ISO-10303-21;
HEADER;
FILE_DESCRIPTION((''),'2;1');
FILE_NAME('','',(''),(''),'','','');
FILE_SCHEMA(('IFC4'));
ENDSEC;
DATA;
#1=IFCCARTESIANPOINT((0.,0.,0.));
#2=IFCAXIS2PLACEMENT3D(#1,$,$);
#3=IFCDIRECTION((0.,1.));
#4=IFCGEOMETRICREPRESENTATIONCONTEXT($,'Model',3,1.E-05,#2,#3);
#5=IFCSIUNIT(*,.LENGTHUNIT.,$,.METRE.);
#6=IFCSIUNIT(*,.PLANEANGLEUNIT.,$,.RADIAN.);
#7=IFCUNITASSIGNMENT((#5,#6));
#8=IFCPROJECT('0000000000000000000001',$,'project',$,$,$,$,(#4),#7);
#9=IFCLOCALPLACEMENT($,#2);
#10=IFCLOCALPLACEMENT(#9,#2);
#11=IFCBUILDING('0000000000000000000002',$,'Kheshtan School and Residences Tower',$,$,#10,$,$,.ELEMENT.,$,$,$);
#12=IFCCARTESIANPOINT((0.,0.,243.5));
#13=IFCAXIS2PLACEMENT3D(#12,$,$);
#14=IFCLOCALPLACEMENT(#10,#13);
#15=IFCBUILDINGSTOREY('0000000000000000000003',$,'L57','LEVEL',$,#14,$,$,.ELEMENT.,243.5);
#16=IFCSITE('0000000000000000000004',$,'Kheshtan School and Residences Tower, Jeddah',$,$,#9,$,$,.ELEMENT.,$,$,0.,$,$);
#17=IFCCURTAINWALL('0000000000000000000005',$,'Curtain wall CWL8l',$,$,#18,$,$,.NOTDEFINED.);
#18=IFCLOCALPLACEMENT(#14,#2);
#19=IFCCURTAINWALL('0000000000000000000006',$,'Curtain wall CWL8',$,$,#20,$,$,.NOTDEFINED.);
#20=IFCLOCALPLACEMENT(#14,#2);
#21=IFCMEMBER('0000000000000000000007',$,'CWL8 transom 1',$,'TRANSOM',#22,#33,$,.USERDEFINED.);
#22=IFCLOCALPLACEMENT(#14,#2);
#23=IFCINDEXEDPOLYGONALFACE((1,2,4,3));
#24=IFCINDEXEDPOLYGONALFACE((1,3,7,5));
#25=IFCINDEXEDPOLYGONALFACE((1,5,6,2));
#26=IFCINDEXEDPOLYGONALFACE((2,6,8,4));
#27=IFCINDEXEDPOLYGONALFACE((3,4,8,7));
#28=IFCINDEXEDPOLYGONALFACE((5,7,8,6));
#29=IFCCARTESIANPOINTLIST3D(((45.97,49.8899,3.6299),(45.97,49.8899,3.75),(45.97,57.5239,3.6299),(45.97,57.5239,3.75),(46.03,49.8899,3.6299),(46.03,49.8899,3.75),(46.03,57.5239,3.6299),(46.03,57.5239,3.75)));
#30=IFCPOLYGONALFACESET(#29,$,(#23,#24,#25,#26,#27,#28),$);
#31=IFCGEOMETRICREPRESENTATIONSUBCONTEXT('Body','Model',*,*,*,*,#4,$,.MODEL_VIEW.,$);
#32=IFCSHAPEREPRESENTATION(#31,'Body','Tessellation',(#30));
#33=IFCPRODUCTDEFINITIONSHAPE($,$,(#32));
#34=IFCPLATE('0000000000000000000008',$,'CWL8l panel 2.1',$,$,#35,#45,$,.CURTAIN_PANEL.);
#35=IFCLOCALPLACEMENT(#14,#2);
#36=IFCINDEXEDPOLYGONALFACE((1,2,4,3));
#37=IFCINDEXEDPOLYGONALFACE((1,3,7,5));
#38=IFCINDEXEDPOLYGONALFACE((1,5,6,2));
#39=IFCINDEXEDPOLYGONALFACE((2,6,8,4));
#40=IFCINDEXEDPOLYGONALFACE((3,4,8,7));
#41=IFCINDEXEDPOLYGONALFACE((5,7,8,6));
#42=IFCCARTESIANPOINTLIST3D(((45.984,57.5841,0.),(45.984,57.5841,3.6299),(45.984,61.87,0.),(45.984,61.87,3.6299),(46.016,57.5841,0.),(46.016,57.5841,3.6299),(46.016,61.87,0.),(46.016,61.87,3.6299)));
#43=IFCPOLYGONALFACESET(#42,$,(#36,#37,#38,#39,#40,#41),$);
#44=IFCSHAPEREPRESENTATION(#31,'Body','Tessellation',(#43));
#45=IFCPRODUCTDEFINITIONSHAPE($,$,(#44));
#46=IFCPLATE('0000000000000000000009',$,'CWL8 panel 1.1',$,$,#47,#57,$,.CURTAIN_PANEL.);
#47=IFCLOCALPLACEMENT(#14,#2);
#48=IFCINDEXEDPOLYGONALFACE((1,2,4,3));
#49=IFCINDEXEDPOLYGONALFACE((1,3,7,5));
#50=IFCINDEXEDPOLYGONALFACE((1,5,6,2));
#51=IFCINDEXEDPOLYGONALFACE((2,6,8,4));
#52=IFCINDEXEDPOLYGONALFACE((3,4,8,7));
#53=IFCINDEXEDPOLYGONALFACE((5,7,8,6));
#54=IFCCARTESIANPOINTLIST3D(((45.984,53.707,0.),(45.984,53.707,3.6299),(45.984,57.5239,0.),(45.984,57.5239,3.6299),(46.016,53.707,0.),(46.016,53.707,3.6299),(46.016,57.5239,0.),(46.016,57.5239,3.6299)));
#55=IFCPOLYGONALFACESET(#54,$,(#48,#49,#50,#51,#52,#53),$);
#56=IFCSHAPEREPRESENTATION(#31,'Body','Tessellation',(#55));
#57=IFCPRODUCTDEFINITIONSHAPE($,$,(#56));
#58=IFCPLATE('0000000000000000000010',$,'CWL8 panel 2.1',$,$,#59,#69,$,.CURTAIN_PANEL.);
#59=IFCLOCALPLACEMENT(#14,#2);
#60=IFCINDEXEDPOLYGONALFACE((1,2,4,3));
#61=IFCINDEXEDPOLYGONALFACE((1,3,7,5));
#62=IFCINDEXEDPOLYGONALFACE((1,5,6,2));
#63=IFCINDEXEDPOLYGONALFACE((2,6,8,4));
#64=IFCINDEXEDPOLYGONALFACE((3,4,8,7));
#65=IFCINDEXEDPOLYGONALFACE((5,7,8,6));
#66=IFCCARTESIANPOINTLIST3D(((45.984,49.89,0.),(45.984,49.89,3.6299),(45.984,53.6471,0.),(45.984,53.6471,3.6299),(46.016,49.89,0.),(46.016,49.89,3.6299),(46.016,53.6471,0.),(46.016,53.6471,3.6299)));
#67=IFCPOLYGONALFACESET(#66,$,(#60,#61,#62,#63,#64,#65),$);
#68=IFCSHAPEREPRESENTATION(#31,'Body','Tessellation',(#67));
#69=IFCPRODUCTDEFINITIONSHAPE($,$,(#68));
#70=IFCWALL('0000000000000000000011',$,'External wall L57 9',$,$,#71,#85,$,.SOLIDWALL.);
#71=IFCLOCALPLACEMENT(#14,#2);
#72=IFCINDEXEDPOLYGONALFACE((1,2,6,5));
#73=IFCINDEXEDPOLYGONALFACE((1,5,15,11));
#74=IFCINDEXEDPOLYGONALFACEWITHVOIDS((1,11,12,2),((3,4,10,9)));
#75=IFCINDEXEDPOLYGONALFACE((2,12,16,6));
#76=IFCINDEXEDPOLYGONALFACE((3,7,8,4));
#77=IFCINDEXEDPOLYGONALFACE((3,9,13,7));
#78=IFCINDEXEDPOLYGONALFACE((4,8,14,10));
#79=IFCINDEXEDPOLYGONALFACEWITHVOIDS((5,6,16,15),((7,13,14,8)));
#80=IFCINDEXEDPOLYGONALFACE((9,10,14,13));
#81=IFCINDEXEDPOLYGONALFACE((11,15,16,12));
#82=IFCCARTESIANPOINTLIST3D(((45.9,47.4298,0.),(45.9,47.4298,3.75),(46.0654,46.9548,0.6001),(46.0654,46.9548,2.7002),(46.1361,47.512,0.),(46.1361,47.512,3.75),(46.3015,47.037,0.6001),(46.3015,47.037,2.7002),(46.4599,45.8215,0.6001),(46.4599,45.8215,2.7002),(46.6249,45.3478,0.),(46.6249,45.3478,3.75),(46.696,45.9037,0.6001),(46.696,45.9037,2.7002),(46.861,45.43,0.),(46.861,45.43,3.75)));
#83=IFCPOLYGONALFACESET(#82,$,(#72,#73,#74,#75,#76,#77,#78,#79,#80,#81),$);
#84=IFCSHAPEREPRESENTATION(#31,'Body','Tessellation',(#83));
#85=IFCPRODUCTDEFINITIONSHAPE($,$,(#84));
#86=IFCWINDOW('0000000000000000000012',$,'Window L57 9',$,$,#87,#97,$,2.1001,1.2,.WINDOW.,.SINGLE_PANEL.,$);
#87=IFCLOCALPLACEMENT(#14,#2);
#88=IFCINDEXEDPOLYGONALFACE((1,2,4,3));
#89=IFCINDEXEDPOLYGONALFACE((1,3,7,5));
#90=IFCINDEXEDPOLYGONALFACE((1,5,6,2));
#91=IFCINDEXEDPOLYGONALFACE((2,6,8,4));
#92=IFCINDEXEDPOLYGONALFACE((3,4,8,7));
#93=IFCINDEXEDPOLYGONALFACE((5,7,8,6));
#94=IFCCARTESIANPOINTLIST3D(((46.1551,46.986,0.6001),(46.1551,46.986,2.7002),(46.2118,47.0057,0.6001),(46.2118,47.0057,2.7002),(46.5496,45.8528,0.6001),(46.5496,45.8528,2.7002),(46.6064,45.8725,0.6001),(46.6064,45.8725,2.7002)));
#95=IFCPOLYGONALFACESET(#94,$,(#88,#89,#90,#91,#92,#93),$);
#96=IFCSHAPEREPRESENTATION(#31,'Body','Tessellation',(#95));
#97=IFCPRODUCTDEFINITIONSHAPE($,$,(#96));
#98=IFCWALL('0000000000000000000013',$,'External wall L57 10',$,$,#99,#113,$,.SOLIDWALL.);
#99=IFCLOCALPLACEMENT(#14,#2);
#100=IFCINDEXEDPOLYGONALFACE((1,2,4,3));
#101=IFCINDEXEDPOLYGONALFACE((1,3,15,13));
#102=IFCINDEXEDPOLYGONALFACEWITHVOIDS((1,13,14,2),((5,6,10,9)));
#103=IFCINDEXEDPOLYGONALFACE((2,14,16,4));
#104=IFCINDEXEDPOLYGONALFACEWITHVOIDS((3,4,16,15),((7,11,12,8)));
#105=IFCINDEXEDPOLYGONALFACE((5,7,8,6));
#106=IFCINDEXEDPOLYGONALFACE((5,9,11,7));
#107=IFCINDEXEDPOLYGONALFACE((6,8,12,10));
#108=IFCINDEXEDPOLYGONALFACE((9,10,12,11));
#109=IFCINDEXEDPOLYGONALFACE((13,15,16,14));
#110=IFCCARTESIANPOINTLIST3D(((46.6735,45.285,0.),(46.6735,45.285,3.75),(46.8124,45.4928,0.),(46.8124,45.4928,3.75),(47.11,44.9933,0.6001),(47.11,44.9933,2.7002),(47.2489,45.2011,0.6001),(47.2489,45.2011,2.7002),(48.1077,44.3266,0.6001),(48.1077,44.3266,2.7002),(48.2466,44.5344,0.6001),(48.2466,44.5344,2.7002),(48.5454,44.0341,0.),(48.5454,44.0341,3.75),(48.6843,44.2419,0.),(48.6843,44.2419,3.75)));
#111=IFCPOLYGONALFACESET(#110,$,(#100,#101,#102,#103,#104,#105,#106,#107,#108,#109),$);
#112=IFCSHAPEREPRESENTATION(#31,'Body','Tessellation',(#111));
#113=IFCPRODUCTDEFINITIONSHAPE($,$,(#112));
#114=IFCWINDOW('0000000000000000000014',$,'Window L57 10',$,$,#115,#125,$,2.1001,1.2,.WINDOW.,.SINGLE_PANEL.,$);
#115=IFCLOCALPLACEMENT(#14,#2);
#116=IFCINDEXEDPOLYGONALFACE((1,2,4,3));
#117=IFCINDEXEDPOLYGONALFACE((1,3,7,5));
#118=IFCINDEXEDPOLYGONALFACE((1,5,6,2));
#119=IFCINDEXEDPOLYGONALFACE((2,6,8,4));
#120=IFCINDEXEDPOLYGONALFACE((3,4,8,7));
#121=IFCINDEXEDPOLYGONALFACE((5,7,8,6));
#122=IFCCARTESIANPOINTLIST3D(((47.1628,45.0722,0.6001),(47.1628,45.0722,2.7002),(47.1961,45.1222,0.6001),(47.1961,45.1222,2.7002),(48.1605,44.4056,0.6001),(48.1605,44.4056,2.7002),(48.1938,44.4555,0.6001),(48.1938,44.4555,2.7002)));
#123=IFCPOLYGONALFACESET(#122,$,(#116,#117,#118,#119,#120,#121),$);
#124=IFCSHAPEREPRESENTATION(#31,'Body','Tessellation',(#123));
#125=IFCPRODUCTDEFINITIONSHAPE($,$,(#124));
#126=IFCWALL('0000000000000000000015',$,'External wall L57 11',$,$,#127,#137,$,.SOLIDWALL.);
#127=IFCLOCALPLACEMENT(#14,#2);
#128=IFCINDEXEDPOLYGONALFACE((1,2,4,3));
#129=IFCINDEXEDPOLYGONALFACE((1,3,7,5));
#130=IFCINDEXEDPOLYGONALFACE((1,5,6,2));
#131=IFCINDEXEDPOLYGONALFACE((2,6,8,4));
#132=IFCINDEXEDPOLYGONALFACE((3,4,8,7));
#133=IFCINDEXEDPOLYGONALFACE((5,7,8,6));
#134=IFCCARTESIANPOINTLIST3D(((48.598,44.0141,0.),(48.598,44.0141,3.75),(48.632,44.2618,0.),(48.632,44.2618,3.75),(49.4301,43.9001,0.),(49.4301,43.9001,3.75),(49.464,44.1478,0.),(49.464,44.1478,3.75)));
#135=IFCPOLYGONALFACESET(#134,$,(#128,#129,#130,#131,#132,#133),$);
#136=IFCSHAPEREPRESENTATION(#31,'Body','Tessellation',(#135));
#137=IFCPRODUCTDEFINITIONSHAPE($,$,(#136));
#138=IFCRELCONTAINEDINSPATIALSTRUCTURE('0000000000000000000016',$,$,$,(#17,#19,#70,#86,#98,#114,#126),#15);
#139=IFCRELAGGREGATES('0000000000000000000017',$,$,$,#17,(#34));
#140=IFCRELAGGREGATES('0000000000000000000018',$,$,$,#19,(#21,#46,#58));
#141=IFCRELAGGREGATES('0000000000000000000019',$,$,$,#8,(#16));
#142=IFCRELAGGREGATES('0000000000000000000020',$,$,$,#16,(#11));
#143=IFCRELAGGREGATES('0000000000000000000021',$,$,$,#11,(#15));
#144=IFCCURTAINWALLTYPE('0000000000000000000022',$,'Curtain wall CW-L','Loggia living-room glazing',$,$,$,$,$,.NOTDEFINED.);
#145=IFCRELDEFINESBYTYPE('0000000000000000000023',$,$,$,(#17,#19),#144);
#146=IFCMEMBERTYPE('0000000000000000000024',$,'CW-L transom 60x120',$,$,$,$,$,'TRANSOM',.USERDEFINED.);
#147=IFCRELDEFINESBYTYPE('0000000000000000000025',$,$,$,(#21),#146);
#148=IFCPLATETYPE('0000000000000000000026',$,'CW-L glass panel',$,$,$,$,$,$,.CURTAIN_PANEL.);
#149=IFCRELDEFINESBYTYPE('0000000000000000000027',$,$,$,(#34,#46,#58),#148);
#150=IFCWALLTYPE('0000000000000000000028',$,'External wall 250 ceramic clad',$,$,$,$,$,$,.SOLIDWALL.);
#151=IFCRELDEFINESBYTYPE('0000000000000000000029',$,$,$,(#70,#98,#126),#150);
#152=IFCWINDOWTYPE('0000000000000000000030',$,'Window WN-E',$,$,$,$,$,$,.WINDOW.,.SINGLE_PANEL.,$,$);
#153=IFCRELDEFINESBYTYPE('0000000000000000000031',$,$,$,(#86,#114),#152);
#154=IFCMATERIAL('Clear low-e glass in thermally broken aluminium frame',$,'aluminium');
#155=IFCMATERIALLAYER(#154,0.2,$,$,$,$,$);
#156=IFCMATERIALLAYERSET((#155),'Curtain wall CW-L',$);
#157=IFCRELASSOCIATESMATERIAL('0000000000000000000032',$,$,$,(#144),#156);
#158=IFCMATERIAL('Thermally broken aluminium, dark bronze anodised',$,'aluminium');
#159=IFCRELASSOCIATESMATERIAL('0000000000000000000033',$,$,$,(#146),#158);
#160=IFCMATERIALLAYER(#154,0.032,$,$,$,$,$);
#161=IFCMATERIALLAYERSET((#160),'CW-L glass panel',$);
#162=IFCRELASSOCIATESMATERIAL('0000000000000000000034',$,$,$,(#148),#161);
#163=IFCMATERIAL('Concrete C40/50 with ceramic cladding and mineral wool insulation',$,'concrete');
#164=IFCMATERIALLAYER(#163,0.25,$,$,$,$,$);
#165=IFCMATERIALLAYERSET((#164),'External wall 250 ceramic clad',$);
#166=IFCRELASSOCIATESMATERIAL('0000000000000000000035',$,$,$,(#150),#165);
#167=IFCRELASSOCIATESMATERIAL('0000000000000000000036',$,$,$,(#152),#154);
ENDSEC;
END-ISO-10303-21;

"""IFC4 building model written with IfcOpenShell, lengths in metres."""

from ifc_helpers import new_model, si_unit, direction, frame, frame_2d, origin, origin_2d, place, context, subcontext, project, spatial, rectangle, extrude, source, transform, mapped, material, layer, layer_set, material_profile, profile_set, type_object, element, fill, aggregate, save


model = new_model("IFC4")

# Units and contexts
model_context = context("Model", 3, precision=1e-05, world=origin(), true_north=direction((0.0, 1.0)))
body_context = subcontext(model_context, "Body", "Model", "MODEL_VIEW")
ifc_project = project(units=[si_unit("LENGTHUNIT", "METRE"), si_unit("PLANEANGLEUNIT", "RADIAN")], contexts=[model_context])

# Site, building, storey
site_placement = place(None, origin())
site = spatial("IfcSite", under=ifc_project, at=site_placement, Name="Kheshtan School and Residences Tower, Jeddah", CompositionType="ELEMENT", RefElevation=0.0)
building_placement = place(site_placement, origin())
building = spatial("IfcBuilding", under=site, at=building_placement, Name="Kheshtan School and Residences Tower", CompositionType="ELEMENT")
storey_placement = place(building_placement, frame((0.0, 0.0, 243.5)))
storey = spatial("IfcBuildingStorey", under=building, at=storey_placement, Name="L57", Description="LEVEL", CompositionType="ELEMENT", Elevation=243.5)

# Curtain walls, member
ifc_material_1 = material(Name="Clear low-e glass in thermally broken aluminium frame", Category="aluminium")
ifc_layer_1 = layer(ifc_material_1, 0.2)
ifc_layer_set_1 = layer_set([ifc_layer_1], Name="Curtain wall CW-L")
curtain_wall_type = type_object("IfcCurtainWallType", Name="Curtain wall CW-L", Description="Loggia living-room glazing", PredefinedType="NOTDEFINED", material=ifc_layer_set_1)
curtain_wall_1_placement = place(storey_placement, origin())
curtain_wall_1 = element("IfcCurtainWall", 1, at=curtain_wall_1_placement, inside=storey, type_object=curtain_wall_type, Name="Curtain wall CWL8l", PredefinedType="NOTDEFINED")
ifc_material_2 = material(Name="Thermally broken aluminium, dark bronze anodised", Category="aluminium")
curtain_wall_2_placement = place(storey_placement, origin())
curtain_wall_2 = element("IfcCurtainWall", 2, at=curtain_wall_2_placement, inside=storey, type_object=curtain_wall_type, Name="Curtain wall CWL8", PredefinedType="NOTDEFINED")
ifc_material_profile_1 = material_profile(ifc_material_2, rectangle(XDim=0.0601, YDim=0.1201, at=origin_2d()), Name="CW-L transom 60x120")
ifc_profile_set_1 = profile_set([ifc_material_profile_1], Name="Thermally broken aluminium, dark bronze anodised")
member_type_1 = type_object("IfcMemberType", Name="CW-L transom 60x120", ElementType="TRANSOM", PredefinedType="USERDEFINED", material=ifc_profile_set_1)
member_1_placement = place(storey_placement, frame((46.0, 57.5239, 3.6899), z_axis=(0.0, -1.0, 0.0), x_axis=(1.0, 0.0, 0.0)))
member_1 = element("IfcMember", 3, at=member_1_placement, type_object=member_type_1, Name="CWL8 transom 1", ObjectType="TRANSOM", PredefinedType="USERDEFINED", context=body_context, shape_type="SweptSolid", body=[
    extrude(rectangle(XDim=0.0601, YDim=0.1201, at=origin_2d()), origin(), (0.0, 0.0, 1.0), 7.634),
])

# Plates
ifc_layer_2 = layer(ifc_material_1, 0.032)
ifc_layer_set_2 = layer_set([ifc_layer_2], Name="CW-L glass panel")
plate_type = type_object("IfcPlateType", Name="CW-L glass panel", PredefinedType="CURTAIN_PANEL", material=ifc_layer_set_2)
plate_1_placement = place(storey_placement, frame((46.0, 59.7271, 0.0), z_axis=(0.0, 0.0, 1.0), x_axis=(0.0, -1.0, 0.0)))
plate_1 = element("IfcPlate", 4, at=plate_1_placement, type_object=plate_type, Name="CWL8l panel 2.1", PredefinedType="CURTAIN_PANEL", context=body_context, shape_type="SweptSolid", body=[
    extrude(rectangle(XDim=4.2859, YDim=0.032, at=origin_2d()), origin(), (0.0, 0.0, 1.0), 3.6299),
])
aggregate(curtain_wall_1, [plate_1])
plate_2_placement = place(storey_placement, frame((46.0, 55.6155, 0.0), z_axis=(0.0, 0.0, 1.0), x_axis=(0.0, -1.0, 0.0)))
plate_2 = element("IfcPlate", 5, at=plate_2_placement, type_object=plate_type, Name="CWL8 panel 1.1", PredefinedType="CURTAIN_PANEL", context=body_context, shape_type="SweptSolid", body=[
    extrude(rectangle(XDim=3.8169, YDim=0.032, at=origin_2d()), origin(), (0.0, 0.0, 1.0), 3.6299),
])
plate_3_placement = place(storey_placement, frame((46.0, 51.7686, 0.0), z_axis=(0.0, 0.0, 1.0), x_axis=(0.0, -1.0, 0.0)))
plate_3 = element("IfcPlate", 6, at=plate_3_placement, type_object=plate_type, Name="CWL8 panel 2.1", PredefinedType="CURTAIN_PANEL", context=body_context, shape_type="SweptSolid", body=[
    extrude(rectangle(XDim=3.7571, YDim=0.032, at=origin_2d()), origin(), (0.0, 0.0, 1.0), 3.6299),
])
aggregate(curtain_wall_2, [member_1, plate_2, plate_3])

# Walls, openings, windows
ifc_material_3 = material(Name="Concrete C40/50 with ceramic cladding and mineral wool insulation", Category="concrete")
ifc_layer_3 = layer(ifc_material_3, 0.25)
ifc_layer_set_3 = layer_set([ifc_layer_3], Name="External wall 250 ceramic clad")
wall_type_1 = type_object("IfcWallType", Name="External wall 250 ceramic clad", PredefinedType="SOLIDWALL", material=ifc_layer_set_3)
wall_1_placement = place(storey_placement, frame((46.0181, 47.4709, 0.0), z_axis=(0.0, 0.0, 1.0), x_axis=(0.328791, -0.944403, 0.0)))
wall_1 = element("IfcWall", 7, at=wall_1_placement, inside=storey, type_object=wall_type_1, Name="External wall L57 9", PredefinedType="SOLIDWALL", context=body_context, shape_type="SweptSolid", body=[
    extrude(rectangle(XDim=2.2046, YDim=0.25, at=frame_2d((1.1023, 0.0))), origin(), (0.0, 0.0, 1.0), 3.75),
])
opening_1_placement = place(wall_1_placement, frame((0.5029, 0.0, 0.6001)))
opening_1 = element("IfcOpeningElement", 8, at=opening_1_placement, cuts=wall_1, PredefinedType="OPENING", context=body_context, shape_type="SweptSolid", body=[
    extrude(rectangle(XDim=1.2, YDim=2.1001, at=frame_2d((0.6001, 1.05))), frame((0.0, 0.135, 0.0), z_axis=(0.0, -1.0, 0.0), x_axis=(1.0, 0.0, 0.0)), (0.0, 0.0, 1.0), 0.27),
])
window_type = type_object("IfcWindowType", Name="Window WN-E", PartitioningType="SINGLE_PANEL", PredefinedType="WINDOW", material=ifc_material_1)
shared_shape_1 = source(origin(), body_context, "Body", "SweptSolid", [
    extrude(rectangle(XDim=1.2, YDim=2.1001, at=frame_2d((0.6001, 1.05))), frame((0.0, 0.03, 0.0), z_axis=(0.0, -1.0, 0.0), x_axis=(1.0, 0.0, 0.0)), (0.0, 0.0, 1.0), 0.0601),
])
window_1_placement = place(opening_1_placement, origin())
window_1 = element("IfcWindow", 9, at=window_1_placement, inside=storey, type_object=window_type, Name="Window L57 9", OverallHeight=2.1001, OverallWidth=1.2, PartitioningType="SINGLE_PANEL", PredefinedType="WINDOW", context=body_context, shape_type="MappedRepresentation", body=[
    mapped(shared_shape_1, transform((0.0, 0.0, 0.0), x_axis=(1.0, 0.0, 0.0), y_axis=(0.0, 1.0, 0.0), z_axis=(0.0, 0.0, 1.0), scale=1.0)),
])
fill(opening_1, window_1)
wall_2_placement = place(storey_placement, frame((46.7429, 45.3889, 0.0), z_axis=(0.0, 0.0, 1.0), x_axis=(0.831449, -0.555601, 0.0)))
wall_2 = element("IfcWall", 10, at=wall_2_placement, inside=storey, type_object=wall_type_1, Name="External wall L57 10", PredefinedType="SOLIDWALL", context=body_context, shape_type="SweptSolid", body=[
    extrude(rectangle(XDim=2.2515, YDim=0.25, at=frame_2d((1.1257, 0.0))), origin(), (0.0, 0.0, 1.0), 3.75),
])
opening_2_placement = place(wall_2_placement, frame((0.5249, 0.0, 0.6001)))
opening_2 = element("IfcOpeningElement", 11, at=opening_2_placement, cuts=wall_2, PredefinedType="OPENING", context=body_context, shape_type="SweptSolid", body=[
    extrude(rectangle(XDim=1.2, YDim=2.1001, at=frame_2d((0.6001, 1.05))), frame((0.0, 0.135, 0.0), z_axis=(0.0, -1.0, 0.0), x_axis=(1.0, 0.0, 0.0)), (0.0, 0.0, 1.0), 0.27),
])
window_2_placement = place(opening_2_placement, origin())
window_2 = element("IfcWindow", 12, at=window_2_placement, inside=storey, type_object=window_type, Name="Window L57 10", OverallHeight=2.1001, OverallWidth=1.2, PartitioningType="SINGLE_PANEL", PredefinedType="WINDOW", context=body_context, shape_type="MappedRepresentation", body=[
    mapped(shared_shape_1, transform((0.0, 0.0, 0.0), x_axis=(1.0, 0.0, 0.0), y_axis=(0.0, 1.0, 0.0), z_axis=(0.0, 0.0, 1.0), scale=1.0)),
])
fill(opening_2, window_2)

# Wall
wall_3_placement = place(storey_placement, frame((48.615, 44.1379, 0.0), z_axis=(0.0, 0.0, 1.0), x_axis=(0.990742, -0.135762, 0.0)))
element("IfcWall", 13, at=wall_3_placement, inside=storey, type_object=wall_type_1, Name="External wall L57 11", PredefinedType="SOLIDWALL", context=body_context, shape_type="SweptSolid", body=[
    extrude(rectangle(XDim=0.8398, YDim=0.25, at=frame_2d((0.4199, 0.0))), origin(), (0.0, 0.0, 1.0), 3.75),
])

save(model, "model.ifc")
